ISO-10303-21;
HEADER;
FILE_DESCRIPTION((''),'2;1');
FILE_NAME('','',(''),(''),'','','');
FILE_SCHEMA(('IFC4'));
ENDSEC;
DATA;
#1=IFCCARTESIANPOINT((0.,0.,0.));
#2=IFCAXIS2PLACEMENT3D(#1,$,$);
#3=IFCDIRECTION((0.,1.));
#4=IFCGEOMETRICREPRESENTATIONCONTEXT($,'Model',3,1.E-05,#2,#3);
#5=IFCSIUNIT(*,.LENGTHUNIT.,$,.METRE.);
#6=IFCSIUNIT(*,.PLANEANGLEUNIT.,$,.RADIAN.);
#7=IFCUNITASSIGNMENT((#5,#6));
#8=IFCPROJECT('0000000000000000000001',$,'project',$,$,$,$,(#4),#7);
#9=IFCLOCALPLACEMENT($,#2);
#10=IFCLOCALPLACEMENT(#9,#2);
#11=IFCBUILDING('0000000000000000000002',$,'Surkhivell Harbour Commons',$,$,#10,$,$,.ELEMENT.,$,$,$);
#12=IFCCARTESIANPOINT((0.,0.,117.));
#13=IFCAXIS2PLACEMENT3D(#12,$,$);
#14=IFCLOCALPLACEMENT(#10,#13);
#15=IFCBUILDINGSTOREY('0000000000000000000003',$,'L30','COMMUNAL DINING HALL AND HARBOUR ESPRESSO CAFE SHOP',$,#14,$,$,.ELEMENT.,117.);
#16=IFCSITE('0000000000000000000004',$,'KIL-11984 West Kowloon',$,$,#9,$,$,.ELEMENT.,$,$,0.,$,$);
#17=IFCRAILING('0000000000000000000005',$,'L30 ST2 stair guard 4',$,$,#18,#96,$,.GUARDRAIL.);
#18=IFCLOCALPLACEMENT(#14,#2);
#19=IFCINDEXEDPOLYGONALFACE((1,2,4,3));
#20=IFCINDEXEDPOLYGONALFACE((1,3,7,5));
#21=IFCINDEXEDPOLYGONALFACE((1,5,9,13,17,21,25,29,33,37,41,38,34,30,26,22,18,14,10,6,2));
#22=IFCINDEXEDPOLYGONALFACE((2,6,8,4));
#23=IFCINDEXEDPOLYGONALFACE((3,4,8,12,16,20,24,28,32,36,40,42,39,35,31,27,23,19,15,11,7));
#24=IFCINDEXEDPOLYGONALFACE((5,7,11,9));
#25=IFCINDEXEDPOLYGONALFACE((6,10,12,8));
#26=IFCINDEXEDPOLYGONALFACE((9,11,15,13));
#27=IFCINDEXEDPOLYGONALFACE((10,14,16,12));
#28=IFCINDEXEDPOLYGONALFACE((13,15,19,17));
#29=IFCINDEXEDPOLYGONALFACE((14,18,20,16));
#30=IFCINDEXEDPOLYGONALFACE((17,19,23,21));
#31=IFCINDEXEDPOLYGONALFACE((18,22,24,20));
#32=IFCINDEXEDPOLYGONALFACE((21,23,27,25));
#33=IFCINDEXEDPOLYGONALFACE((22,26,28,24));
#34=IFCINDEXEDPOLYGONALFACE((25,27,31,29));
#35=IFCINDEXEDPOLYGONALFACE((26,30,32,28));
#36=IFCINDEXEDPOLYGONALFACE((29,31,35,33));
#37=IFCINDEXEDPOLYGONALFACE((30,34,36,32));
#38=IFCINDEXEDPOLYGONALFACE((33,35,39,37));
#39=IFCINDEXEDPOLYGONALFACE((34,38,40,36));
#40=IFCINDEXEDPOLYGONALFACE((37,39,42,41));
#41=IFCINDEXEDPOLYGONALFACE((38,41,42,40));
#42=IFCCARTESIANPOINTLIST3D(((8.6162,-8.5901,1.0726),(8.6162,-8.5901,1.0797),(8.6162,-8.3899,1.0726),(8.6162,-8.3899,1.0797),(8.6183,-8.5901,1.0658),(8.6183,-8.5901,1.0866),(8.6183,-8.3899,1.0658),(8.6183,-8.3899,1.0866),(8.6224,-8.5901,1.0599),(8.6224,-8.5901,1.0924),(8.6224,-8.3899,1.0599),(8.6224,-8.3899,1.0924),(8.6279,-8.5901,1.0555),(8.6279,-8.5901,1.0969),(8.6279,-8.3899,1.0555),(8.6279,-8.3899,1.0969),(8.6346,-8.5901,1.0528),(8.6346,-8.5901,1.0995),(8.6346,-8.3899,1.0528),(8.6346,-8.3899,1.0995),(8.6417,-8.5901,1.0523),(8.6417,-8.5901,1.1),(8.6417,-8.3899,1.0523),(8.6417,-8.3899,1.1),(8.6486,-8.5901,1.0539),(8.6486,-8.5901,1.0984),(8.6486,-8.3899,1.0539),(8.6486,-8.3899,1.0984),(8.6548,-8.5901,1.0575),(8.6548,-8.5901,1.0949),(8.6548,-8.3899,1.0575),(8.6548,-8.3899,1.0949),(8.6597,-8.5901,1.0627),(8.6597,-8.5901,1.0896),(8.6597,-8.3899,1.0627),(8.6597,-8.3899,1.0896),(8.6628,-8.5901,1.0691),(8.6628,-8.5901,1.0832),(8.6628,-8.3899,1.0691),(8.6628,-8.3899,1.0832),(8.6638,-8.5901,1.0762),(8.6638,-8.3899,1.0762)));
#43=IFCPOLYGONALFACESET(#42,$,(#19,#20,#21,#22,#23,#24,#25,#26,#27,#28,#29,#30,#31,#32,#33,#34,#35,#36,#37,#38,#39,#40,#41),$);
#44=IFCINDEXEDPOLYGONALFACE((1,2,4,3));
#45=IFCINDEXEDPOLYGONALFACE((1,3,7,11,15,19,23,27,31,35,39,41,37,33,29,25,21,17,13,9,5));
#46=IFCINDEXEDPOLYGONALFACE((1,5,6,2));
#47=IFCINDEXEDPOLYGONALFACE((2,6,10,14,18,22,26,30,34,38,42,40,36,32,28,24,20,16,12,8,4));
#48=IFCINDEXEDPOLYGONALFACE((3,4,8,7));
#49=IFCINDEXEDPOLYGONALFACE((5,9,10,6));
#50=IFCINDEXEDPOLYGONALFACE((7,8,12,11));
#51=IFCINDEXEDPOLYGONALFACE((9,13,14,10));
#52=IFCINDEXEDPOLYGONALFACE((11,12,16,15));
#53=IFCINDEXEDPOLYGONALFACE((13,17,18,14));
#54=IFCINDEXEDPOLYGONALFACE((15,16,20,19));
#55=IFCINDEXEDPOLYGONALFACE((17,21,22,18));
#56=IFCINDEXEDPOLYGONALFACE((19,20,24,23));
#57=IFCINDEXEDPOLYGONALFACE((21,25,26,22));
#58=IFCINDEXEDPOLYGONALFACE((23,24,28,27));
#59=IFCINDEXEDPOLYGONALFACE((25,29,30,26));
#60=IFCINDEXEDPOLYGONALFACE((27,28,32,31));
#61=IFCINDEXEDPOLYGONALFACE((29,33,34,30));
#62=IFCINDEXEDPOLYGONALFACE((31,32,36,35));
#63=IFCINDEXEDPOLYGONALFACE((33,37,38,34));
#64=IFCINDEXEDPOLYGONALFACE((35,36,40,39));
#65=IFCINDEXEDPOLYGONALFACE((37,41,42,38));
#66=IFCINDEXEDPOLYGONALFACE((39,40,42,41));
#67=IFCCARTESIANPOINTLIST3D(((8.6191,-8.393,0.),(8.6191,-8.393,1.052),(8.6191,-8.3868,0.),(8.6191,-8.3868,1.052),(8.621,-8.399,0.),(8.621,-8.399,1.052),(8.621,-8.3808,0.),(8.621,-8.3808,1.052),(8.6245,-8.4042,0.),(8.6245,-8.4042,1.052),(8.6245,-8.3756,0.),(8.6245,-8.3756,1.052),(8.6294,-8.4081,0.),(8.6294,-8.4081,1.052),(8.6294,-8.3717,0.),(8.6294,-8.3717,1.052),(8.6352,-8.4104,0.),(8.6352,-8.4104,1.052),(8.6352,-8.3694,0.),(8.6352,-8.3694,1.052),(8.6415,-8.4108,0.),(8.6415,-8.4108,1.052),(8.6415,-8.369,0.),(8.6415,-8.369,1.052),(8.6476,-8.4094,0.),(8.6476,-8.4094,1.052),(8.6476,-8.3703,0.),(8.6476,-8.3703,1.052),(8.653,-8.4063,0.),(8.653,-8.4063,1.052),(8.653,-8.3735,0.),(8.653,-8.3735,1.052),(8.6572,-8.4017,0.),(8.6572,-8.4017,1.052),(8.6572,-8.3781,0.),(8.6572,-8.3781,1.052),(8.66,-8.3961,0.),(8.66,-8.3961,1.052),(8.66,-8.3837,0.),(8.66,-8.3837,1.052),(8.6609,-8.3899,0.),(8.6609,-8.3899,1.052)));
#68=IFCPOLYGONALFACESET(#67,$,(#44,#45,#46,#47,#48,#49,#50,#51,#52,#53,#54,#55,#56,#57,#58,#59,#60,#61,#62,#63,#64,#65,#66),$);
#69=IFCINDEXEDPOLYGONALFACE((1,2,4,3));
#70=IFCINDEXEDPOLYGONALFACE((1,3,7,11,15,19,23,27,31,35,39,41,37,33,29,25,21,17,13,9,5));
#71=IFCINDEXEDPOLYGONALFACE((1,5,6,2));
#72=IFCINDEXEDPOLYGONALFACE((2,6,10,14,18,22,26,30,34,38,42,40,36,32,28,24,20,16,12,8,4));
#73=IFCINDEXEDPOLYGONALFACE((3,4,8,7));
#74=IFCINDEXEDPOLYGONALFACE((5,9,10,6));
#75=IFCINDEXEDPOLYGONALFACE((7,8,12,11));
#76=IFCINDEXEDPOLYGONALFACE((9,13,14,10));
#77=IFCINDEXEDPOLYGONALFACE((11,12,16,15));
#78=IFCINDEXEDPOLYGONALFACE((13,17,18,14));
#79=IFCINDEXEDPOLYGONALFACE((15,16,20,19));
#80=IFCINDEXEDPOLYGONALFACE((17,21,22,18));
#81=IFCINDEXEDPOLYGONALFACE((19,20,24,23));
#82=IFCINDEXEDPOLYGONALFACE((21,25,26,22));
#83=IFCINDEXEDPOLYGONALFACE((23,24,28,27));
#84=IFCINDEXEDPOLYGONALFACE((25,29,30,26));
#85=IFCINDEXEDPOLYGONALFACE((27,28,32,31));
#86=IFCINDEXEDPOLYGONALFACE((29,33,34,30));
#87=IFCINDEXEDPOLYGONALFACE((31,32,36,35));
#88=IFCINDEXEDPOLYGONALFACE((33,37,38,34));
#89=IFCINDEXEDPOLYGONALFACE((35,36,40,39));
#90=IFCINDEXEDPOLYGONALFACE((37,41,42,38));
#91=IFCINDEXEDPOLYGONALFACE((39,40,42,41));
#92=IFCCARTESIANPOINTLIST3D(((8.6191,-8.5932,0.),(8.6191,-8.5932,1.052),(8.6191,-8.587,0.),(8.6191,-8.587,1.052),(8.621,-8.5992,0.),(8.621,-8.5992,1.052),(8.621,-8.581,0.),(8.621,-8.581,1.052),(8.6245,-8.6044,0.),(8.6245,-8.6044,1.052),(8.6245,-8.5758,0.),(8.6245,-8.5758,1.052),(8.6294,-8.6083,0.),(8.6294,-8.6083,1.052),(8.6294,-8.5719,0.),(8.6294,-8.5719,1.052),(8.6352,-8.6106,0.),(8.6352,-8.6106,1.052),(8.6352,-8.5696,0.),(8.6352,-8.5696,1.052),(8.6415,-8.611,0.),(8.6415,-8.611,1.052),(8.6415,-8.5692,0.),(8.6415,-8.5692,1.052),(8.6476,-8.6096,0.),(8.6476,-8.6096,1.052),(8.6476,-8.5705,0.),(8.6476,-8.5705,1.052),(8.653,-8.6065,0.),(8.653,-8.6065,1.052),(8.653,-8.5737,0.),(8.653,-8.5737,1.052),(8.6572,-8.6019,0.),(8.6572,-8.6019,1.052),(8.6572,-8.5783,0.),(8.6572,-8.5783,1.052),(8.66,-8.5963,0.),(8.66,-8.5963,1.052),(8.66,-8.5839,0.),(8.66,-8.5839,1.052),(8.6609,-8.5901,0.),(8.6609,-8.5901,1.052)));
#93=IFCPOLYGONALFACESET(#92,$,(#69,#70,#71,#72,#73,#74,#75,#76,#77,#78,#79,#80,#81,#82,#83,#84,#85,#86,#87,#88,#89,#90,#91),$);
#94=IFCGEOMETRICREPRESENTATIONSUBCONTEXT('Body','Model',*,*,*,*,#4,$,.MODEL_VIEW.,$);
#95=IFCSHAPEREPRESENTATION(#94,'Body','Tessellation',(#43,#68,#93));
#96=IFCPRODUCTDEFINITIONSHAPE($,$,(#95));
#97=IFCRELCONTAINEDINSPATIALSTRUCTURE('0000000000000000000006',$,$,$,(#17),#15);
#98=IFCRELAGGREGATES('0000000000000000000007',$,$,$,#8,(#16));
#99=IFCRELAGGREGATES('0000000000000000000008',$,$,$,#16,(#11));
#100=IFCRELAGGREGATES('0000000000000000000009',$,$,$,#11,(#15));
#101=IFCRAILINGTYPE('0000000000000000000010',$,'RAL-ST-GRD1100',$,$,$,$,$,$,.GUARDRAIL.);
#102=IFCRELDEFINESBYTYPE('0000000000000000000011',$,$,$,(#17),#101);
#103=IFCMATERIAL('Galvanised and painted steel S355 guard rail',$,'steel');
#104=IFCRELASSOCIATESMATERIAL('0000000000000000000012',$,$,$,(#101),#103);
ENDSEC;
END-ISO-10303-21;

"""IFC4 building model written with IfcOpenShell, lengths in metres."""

from ifc_helpers import new_model, si_unit, direction, frame, origin, origin_2d, place, context, subcontext, project, spatial, circle, extrude, material, type_object, element, save


model = new_model("IFC4")

# Units and contexts
model_context = context("Model", 3, precision=1e-05, world=origin(), true_north=direction((0.0, 1.0)))
body_context = subcontext(model_context, "Body", "Model", "MODEL_VIEW")
ifc_project = project(units=[si_unit("LENGTHUNIT", "METRE"), si_unit("PLANEANGLEUNIT", "RADIAN")], contexts=[model_context])

# Site, building, storey
site_placement = place(None, origin())
site = spatial("IfcSite", under=ifc_project, at=site_placement, Name="KIL-11984 West Kowloon", CompositionType="ELEMENT", RefElevation=0.0)
building_placement = place(site_placement, origin())
building = spatial("IfcBuilding", under=site, at=building_placement, Name="Surkhivell Harbour Commons", CompositionType="ELEMENT")
storey_placement = place(building_placement, frame((0.0, 0.0, 117.0)))
storey = spatial("IfcBuildingStorey", under=building, at=storey_placement, Name="L30", Description="COMMUNAL DINING HALL AND HARBOUR ESPRESSO CAFE SHOP", CompositionType="ELEMENT", Elevation=117.0)

# Railing
ifc_material_1 = material(Name="Galvanised and painted steel S355 guard rail", Category="steel")
railing_type = type_object("IfcRailingType", Name="RAL-ST-GRD1100", PredefinedType="GUARDRAIL", material=ifc_material_1)
railing_1_placement = place(storey_placement, frame((8.6399, -8.3899, 0.0)))
element("IfcRailing", 1, at=railing_1_placement, inside=storey, type_object=railing_type, Name="L30 ST2 stair guard 4", PredefinedType="GUARDRAIL", context=body_context, shape_type="SweptSolid", body=[
    extrude(circle(Radius=0.0239, at=origin_2d()), frame((0.0, 0.0, 1.0762), z_axis=(0.0, -1.0, 0.0), x_axis=(1.0, 0.0, 0.0)), (0.0, 0.0, 1.0), 0.2002),
    extrude(circle(Radius=0.021, at=origin_2d()), origin(), (0.0, 0.0, 1.0), 1.052),
    extrude(circle(Radius=0.021, at=origin_2d()), frame((0.0, -0.2002, 0.0)), (0.0, 0.0, 1.0), 1.052),
])

save(model, "model.ifc")
